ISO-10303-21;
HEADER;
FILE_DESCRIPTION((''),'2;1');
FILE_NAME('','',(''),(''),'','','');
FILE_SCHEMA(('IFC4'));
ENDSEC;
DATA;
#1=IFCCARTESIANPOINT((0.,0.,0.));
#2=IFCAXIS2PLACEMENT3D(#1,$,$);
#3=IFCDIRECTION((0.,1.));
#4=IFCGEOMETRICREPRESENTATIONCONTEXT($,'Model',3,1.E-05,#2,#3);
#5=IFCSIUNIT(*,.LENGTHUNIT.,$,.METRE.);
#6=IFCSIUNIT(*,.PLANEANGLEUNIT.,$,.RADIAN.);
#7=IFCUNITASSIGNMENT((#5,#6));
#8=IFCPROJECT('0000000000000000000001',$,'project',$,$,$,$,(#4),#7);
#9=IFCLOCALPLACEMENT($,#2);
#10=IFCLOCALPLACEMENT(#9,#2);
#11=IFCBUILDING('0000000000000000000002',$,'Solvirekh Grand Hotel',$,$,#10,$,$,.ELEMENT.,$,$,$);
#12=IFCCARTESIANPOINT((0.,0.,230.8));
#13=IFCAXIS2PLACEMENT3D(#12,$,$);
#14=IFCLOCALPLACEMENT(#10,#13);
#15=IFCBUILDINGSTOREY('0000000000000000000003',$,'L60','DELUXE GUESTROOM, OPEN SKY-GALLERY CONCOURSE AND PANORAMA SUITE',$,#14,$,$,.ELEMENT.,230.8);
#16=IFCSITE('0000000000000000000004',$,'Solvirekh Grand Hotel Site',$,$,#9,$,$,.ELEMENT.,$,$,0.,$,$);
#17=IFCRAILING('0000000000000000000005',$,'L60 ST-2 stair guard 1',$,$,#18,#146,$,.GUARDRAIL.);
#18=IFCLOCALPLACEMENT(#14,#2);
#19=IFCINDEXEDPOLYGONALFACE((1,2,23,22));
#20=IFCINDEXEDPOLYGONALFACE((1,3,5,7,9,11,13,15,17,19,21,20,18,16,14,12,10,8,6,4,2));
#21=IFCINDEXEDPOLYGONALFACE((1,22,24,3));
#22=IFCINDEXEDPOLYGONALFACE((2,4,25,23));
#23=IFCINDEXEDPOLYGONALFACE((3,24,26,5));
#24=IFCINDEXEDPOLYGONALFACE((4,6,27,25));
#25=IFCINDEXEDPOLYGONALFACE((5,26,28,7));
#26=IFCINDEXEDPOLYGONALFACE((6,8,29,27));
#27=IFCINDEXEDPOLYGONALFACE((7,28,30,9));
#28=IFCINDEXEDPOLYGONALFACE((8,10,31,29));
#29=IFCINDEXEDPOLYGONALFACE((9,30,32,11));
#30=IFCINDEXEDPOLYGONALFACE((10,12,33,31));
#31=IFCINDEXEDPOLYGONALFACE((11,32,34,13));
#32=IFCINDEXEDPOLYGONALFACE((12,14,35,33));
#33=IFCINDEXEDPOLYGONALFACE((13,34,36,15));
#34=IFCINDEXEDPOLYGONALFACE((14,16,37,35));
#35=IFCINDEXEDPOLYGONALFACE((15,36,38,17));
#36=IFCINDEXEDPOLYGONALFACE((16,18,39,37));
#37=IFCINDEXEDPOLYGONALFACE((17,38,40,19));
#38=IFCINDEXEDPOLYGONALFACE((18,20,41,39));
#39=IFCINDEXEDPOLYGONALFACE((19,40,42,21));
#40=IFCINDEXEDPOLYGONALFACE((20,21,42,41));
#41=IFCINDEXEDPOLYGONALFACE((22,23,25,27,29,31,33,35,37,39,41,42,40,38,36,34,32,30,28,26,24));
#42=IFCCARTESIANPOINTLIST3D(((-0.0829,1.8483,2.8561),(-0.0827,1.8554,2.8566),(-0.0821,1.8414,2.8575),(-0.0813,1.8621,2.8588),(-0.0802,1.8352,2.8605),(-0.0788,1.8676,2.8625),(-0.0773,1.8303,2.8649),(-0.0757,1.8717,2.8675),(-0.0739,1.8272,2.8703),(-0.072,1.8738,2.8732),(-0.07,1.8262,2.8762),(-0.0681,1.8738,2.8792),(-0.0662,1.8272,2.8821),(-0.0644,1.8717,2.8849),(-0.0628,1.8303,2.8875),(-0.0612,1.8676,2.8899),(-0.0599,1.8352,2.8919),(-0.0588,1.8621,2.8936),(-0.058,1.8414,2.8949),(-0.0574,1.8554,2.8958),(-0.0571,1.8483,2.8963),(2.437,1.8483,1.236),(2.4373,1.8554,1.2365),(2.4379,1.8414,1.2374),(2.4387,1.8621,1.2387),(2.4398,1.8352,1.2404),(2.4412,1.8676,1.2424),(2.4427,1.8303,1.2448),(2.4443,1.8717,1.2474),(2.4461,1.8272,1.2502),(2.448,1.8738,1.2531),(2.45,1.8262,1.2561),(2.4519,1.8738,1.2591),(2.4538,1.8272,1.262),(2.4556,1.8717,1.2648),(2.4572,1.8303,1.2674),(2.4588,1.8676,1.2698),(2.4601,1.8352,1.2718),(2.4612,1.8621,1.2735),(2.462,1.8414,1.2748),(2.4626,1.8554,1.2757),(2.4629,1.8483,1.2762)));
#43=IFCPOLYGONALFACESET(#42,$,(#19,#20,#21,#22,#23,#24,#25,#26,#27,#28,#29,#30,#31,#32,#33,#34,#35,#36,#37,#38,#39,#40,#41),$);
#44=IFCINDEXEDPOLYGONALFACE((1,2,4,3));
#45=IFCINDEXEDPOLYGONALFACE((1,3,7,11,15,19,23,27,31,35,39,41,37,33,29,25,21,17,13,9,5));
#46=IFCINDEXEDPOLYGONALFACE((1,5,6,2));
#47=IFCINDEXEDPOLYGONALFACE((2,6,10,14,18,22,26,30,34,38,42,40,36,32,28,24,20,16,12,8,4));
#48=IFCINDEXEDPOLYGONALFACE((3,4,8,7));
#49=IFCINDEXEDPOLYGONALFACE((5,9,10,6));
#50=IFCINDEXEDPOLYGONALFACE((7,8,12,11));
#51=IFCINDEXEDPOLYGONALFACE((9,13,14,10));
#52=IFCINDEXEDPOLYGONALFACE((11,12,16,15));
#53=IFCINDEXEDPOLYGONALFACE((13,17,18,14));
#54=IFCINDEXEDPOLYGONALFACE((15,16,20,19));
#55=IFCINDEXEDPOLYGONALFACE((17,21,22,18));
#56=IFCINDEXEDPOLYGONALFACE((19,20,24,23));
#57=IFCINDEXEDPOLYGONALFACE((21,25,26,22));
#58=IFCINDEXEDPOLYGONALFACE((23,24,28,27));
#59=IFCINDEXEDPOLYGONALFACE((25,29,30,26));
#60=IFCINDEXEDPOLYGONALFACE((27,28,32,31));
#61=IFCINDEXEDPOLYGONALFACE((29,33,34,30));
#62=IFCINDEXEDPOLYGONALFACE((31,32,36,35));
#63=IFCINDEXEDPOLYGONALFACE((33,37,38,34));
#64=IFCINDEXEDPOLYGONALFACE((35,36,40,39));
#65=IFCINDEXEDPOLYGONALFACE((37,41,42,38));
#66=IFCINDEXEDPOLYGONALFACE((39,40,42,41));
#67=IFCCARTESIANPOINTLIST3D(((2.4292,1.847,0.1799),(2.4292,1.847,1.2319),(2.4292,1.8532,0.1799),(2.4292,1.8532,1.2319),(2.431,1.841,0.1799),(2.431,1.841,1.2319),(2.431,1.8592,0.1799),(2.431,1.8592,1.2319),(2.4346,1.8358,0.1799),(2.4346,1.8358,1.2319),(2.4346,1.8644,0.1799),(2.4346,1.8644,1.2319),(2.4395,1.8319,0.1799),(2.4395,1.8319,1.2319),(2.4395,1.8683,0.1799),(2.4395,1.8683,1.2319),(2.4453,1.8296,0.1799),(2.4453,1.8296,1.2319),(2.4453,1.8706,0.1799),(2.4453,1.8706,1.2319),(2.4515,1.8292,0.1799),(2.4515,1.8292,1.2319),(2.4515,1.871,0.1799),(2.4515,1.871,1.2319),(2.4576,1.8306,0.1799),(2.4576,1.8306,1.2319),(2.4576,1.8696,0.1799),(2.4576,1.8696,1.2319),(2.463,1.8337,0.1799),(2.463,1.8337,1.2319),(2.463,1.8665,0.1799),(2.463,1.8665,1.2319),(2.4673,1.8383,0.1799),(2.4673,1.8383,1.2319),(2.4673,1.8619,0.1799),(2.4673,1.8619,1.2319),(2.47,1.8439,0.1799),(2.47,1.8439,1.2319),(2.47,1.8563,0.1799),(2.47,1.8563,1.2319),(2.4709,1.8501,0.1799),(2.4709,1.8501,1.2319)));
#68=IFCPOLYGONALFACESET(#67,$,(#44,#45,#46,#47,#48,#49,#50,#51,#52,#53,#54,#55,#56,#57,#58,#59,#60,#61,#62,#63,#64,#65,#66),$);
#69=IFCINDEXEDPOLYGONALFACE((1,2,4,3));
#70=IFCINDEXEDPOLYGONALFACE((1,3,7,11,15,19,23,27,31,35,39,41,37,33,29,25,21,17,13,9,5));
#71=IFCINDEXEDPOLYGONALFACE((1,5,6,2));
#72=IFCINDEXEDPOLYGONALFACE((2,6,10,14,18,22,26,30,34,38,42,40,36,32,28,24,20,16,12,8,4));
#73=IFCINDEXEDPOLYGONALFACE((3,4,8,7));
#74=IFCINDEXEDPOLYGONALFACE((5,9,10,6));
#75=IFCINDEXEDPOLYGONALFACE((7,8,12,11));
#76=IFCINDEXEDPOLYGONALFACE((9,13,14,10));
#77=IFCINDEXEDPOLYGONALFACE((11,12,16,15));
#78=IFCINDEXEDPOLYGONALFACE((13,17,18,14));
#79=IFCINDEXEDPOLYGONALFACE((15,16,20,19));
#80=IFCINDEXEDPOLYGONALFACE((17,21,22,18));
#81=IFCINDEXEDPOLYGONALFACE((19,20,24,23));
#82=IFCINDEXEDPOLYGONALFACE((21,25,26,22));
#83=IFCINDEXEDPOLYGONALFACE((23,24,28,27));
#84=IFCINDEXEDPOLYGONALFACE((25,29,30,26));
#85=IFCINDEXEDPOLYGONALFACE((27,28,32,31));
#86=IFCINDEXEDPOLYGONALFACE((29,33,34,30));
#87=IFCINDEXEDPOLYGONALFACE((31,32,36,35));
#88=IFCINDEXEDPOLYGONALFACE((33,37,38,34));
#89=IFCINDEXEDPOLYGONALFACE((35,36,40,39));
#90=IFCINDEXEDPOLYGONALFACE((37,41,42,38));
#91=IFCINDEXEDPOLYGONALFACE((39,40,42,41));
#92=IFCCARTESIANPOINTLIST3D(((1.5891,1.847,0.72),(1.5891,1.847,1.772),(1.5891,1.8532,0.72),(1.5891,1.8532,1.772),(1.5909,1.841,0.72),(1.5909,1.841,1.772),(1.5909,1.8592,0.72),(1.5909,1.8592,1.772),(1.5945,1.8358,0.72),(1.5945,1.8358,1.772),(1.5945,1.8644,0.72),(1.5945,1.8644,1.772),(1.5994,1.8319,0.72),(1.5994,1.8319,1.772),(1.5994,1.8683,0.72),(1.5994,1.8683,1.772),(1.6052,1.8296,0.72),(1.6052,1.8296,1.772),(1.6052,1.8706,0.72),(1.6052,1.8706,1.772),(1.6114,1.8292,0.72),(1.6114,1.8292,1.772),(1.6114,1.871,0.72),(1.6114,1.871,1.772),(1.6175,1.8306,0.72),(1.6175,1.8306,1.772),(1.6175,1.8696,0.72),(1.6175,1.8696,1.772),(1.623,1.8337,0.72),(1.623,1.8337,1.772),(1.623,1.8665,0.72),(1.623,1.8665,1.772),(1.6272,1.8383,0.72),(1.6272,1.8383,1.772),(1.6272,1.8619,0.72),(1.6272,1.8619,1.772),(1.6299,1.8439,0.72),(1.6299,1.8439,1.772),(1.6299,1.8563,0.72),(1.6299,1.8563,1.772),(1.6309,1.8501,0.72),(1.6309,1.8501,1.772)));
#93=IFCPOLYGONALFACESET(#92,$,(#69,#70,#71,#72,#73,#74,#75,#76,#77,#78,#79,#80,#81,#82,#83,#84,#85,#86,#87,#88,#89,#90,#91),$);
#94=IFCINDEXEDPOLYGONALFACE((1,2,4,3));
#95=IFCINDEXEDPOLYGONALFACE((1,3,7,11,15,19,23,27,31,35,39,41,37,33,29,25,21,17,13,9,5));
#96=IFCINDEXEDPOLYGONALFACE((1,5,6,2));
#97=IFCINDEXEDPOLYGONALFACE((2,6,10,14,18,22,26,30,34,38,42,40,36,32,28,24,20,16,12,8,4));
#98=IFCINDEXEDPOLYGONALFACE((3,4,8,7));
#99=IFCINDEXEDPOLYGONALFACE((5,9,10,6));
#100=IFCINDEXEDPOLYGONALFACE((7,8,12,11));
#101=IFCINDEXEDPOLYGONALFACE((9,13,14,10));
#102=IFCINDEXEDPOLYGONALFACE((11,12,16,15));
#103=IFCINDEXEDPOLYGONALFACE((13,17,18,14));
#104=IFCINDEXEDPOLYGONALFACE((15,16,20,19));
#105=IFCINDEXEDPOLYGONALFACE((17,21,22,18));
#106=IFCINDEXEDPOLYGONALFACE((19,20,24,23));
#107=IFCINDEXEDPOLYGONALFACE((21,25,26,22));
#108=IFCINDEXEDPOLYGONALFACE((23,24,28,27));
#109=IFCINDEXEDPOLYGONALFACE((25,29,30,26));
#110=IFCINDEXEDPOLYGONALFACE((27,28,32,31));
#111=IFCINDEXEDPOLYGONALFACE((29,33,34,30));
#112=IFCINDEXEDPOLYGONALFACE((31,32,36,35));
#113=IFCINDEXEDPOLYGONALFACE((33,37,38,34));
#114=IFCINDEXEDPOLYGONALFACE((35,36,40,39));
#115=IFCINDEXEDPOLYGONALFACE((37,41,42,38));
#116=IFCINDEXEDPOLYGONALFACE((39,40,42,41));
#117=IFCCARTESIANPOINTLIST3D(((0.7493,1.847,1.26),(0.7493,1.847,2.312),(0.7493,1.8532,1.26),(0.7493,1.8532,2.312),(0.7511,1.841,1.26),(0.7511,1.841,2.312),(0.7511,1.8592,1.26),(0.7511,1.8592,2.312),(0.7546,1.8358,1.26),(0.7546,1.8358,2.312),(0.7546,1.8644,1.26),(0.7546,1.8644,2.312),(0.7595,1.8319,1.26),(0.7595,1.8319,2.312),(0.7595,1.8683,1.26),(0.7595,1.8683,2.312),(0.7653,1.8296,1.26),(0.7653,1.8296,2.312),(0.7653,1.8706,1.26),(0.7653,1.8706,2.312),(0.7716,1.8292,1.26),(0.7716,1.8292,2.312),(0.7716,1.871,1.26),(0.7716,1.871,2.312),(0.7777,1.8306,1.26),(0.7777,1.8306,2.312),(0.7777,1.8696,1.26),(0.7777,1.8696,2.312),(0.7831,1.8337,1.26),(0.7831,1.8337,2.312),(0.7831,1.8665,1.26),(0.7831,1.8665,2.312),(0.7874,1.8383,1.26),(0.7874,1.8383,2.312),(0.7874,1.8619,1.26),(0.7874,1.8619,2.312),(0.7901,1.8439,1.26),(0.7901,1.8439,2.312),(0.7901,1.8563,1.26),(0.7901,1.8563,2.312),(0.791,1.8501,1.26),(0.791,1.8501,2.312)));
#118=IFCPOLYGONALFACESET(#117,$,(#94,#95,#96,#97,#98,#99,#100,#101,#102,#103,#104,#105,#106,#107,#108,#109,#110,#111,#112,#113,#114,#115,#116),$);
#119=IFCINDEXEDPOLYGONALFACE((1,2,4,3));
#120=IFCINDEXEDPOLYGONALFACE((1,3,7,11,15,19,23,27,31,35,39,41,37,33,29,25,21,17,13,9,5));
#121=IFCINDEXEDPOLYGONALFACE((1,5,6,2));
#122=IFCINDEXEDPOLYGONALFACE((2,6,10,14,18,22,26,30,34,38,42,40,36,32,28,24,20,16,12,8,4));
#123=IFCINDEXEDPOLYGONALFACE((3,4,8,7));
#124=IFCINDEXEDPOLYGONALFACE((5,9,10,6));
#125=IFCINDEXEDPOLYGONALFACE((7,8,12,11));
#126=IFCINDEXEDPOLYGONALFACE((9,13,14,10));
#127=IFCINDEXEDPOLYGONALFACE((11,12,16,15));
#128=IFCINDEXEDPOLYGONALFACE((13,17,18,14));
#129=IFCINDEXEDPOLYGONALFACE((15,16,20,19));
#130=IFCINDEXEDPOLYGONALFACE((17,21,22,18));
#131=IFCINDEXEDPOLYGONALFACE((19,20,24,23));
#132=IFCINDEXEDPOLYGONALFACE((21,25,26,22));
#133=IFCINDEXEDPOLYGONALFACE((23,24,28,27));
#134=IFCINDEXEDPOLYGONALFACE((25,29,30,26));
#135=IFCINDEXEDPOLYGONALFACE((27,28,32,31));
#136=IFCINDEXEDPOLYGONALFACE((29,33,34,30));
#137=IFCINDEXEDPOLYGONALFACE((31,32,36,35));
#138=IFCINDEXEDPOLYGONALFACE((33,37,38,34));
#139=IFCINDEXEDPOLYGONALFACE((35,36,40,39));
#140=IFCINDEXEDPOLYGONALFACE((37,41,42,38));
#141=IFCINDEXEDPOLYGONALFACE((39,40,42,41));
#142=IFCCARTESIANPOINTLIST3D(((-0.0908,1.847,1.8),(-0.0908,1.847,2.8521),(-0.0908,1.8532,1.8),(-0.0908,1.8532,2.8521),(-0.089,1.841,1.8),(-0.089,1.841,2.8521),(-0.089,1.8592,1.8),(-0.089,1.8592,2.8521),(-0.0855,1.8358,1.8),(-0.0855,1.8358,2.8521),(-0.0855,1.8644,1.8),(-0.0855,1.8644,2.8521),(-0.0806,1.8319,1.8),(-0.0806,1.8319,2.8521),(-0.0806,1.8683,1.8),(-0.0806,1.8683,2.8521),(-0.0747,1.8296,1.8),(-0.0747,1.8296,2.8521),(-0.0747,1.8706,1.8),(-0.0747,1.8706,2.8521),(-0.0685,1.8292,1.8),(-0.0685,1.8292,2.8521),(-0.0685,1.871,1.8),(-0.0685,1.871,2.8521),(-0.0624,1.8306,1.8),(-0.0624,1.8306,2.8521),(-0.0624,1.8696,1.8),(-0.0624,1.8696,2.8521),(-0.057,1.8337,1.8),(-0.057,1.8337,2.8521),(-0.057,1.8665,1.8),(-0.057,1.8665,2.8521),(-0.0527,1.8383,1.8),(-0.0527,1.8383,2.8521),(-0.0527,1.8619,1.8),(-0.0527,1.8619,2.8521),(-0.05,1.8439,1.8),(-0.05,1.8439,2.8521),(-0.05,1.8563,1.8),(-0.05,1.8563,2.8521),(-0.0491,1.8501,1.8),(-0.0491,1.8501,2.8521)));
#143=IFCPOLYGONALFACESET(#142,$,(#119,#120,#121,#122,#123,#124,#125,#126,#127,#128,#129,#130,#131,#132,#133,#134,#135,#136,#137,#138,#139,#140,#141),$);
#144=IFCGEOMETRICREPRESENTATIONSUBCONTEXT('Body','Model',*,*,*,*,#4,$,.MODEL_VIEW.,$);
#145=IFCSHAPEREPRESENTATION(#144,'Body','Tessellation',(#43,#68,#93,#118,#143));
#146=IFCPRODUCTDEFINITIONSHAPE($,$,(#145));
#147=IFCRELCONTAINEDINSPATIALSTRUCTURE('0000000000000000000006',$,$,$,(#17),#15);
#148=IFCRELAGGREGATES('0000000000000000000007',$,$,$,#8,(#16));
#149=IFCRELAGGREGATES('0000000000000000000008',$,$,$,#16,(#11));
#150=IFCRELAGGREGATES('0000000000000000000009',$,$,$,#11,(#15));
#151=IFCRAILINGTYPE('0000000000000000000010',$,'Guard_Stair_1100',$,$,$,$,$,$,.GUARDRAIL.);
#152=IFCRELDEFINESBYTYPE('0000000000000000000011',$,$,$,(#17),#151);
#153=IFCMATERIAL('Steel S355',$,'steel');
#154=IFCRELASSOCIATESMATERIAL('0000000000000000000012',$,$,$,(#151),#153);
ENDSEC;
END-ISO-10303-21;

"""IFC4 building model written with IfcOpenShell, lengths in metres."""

from ifc_helpers import new_model, si_unit, direction, frame, origin, origin_2d, place, context, subcontext, project, spatial, circle, extrude, material, type_object, element, save


model = new_model("IFC4")

# Units and contexts
model_context = context("Model", 3, precision=1e-05, world=origin(), true_north=direction((0.0, 1.0)))
body_context = subcontext(model_context, "Body", "Model", "MODEL_VIEW")
ifc_project = project(units=[si_unit("LENGTHUNIT", "METRE"), si_unit("PLANEANGLEUNIT", "RADIAN")], contexts=[model_context])

# Site, building, storey
site_placement = place(None, origin())
site = spatial("IfcSite", under=ifc_project, at=site_placement, Name="Solvirekh Grand Hotel Site", CompositionType="ELEMENT", RefElevation=0.0)
building_placement = place(site_placement, origin())
building = spatial("IfcBuilding", under=site, at=building_placement, Name="Solvirekh Grand Hotel", CompositionType="ELEMENT")
storey_placement = place(building_placement, frame((0.0, 0.0, 230.8)))
storey = spatial("IfcBuildingStorey", under=building, at=storey_placement, Name="L60", Description="DELUXE GUESTROOM, OPEN SKY-GALLERY CONCOURSE AND PANORAMA SUITE", CompositionType="ELEMENT", Elevation=230.8)

# Railing
ifc_material_1 = material(Name="Steel S355", Category="steel")
railing_type = type_object("IfcRailingType", Name="Guard_Stair_1100", PredefinedType="GUARDRAIL", material=ifc_material_1)
railing_1_placement = place(storey_placement, frame((2.45, 1.8501, 0.1799)))
element("IfcRailing", 1, at=railing_1_placement, inside=storey, type_object=railing_type, Name="L60 ST-2 stair guard 1", PredefinedType="GUARDRAIL", context=body_context, shape_type="SweptSolid", body=[
    extrude(circle(Radius=0.0239, at=origin_2d()), frame((0.0, 0.0, 1.0762), z_axis=(-0.841163, 0.0, 0.540782), x_axis=(0.0, -1.0, 0.0)), (0.0, 0.0, 1.0), 2.9958),
    extrude(circle(Radius=0.021, at=origin_2d()), origin(), (0.0, 0.0, 1.0), 1.052),
    extrude(circle(Radius=0.021, at=origin_2d()), frame((-0.8401, 0.0, 0.54)), (0.0, 0.0, 1.0), 1.052),
    extrude(circle(Radius=0.021, at=origin_2d()), frame((-1.6799, 0.0, 1.0801)), (0.0, 0.0, 1.0), 1.052),
    extrude(circle(Radius=0.021, at=origin_2d()), frame((-2.52, 0.0, 1.6201)), (0.0, 0.0, 1.0), 1.052),
])

save(model, "model.ifc")
